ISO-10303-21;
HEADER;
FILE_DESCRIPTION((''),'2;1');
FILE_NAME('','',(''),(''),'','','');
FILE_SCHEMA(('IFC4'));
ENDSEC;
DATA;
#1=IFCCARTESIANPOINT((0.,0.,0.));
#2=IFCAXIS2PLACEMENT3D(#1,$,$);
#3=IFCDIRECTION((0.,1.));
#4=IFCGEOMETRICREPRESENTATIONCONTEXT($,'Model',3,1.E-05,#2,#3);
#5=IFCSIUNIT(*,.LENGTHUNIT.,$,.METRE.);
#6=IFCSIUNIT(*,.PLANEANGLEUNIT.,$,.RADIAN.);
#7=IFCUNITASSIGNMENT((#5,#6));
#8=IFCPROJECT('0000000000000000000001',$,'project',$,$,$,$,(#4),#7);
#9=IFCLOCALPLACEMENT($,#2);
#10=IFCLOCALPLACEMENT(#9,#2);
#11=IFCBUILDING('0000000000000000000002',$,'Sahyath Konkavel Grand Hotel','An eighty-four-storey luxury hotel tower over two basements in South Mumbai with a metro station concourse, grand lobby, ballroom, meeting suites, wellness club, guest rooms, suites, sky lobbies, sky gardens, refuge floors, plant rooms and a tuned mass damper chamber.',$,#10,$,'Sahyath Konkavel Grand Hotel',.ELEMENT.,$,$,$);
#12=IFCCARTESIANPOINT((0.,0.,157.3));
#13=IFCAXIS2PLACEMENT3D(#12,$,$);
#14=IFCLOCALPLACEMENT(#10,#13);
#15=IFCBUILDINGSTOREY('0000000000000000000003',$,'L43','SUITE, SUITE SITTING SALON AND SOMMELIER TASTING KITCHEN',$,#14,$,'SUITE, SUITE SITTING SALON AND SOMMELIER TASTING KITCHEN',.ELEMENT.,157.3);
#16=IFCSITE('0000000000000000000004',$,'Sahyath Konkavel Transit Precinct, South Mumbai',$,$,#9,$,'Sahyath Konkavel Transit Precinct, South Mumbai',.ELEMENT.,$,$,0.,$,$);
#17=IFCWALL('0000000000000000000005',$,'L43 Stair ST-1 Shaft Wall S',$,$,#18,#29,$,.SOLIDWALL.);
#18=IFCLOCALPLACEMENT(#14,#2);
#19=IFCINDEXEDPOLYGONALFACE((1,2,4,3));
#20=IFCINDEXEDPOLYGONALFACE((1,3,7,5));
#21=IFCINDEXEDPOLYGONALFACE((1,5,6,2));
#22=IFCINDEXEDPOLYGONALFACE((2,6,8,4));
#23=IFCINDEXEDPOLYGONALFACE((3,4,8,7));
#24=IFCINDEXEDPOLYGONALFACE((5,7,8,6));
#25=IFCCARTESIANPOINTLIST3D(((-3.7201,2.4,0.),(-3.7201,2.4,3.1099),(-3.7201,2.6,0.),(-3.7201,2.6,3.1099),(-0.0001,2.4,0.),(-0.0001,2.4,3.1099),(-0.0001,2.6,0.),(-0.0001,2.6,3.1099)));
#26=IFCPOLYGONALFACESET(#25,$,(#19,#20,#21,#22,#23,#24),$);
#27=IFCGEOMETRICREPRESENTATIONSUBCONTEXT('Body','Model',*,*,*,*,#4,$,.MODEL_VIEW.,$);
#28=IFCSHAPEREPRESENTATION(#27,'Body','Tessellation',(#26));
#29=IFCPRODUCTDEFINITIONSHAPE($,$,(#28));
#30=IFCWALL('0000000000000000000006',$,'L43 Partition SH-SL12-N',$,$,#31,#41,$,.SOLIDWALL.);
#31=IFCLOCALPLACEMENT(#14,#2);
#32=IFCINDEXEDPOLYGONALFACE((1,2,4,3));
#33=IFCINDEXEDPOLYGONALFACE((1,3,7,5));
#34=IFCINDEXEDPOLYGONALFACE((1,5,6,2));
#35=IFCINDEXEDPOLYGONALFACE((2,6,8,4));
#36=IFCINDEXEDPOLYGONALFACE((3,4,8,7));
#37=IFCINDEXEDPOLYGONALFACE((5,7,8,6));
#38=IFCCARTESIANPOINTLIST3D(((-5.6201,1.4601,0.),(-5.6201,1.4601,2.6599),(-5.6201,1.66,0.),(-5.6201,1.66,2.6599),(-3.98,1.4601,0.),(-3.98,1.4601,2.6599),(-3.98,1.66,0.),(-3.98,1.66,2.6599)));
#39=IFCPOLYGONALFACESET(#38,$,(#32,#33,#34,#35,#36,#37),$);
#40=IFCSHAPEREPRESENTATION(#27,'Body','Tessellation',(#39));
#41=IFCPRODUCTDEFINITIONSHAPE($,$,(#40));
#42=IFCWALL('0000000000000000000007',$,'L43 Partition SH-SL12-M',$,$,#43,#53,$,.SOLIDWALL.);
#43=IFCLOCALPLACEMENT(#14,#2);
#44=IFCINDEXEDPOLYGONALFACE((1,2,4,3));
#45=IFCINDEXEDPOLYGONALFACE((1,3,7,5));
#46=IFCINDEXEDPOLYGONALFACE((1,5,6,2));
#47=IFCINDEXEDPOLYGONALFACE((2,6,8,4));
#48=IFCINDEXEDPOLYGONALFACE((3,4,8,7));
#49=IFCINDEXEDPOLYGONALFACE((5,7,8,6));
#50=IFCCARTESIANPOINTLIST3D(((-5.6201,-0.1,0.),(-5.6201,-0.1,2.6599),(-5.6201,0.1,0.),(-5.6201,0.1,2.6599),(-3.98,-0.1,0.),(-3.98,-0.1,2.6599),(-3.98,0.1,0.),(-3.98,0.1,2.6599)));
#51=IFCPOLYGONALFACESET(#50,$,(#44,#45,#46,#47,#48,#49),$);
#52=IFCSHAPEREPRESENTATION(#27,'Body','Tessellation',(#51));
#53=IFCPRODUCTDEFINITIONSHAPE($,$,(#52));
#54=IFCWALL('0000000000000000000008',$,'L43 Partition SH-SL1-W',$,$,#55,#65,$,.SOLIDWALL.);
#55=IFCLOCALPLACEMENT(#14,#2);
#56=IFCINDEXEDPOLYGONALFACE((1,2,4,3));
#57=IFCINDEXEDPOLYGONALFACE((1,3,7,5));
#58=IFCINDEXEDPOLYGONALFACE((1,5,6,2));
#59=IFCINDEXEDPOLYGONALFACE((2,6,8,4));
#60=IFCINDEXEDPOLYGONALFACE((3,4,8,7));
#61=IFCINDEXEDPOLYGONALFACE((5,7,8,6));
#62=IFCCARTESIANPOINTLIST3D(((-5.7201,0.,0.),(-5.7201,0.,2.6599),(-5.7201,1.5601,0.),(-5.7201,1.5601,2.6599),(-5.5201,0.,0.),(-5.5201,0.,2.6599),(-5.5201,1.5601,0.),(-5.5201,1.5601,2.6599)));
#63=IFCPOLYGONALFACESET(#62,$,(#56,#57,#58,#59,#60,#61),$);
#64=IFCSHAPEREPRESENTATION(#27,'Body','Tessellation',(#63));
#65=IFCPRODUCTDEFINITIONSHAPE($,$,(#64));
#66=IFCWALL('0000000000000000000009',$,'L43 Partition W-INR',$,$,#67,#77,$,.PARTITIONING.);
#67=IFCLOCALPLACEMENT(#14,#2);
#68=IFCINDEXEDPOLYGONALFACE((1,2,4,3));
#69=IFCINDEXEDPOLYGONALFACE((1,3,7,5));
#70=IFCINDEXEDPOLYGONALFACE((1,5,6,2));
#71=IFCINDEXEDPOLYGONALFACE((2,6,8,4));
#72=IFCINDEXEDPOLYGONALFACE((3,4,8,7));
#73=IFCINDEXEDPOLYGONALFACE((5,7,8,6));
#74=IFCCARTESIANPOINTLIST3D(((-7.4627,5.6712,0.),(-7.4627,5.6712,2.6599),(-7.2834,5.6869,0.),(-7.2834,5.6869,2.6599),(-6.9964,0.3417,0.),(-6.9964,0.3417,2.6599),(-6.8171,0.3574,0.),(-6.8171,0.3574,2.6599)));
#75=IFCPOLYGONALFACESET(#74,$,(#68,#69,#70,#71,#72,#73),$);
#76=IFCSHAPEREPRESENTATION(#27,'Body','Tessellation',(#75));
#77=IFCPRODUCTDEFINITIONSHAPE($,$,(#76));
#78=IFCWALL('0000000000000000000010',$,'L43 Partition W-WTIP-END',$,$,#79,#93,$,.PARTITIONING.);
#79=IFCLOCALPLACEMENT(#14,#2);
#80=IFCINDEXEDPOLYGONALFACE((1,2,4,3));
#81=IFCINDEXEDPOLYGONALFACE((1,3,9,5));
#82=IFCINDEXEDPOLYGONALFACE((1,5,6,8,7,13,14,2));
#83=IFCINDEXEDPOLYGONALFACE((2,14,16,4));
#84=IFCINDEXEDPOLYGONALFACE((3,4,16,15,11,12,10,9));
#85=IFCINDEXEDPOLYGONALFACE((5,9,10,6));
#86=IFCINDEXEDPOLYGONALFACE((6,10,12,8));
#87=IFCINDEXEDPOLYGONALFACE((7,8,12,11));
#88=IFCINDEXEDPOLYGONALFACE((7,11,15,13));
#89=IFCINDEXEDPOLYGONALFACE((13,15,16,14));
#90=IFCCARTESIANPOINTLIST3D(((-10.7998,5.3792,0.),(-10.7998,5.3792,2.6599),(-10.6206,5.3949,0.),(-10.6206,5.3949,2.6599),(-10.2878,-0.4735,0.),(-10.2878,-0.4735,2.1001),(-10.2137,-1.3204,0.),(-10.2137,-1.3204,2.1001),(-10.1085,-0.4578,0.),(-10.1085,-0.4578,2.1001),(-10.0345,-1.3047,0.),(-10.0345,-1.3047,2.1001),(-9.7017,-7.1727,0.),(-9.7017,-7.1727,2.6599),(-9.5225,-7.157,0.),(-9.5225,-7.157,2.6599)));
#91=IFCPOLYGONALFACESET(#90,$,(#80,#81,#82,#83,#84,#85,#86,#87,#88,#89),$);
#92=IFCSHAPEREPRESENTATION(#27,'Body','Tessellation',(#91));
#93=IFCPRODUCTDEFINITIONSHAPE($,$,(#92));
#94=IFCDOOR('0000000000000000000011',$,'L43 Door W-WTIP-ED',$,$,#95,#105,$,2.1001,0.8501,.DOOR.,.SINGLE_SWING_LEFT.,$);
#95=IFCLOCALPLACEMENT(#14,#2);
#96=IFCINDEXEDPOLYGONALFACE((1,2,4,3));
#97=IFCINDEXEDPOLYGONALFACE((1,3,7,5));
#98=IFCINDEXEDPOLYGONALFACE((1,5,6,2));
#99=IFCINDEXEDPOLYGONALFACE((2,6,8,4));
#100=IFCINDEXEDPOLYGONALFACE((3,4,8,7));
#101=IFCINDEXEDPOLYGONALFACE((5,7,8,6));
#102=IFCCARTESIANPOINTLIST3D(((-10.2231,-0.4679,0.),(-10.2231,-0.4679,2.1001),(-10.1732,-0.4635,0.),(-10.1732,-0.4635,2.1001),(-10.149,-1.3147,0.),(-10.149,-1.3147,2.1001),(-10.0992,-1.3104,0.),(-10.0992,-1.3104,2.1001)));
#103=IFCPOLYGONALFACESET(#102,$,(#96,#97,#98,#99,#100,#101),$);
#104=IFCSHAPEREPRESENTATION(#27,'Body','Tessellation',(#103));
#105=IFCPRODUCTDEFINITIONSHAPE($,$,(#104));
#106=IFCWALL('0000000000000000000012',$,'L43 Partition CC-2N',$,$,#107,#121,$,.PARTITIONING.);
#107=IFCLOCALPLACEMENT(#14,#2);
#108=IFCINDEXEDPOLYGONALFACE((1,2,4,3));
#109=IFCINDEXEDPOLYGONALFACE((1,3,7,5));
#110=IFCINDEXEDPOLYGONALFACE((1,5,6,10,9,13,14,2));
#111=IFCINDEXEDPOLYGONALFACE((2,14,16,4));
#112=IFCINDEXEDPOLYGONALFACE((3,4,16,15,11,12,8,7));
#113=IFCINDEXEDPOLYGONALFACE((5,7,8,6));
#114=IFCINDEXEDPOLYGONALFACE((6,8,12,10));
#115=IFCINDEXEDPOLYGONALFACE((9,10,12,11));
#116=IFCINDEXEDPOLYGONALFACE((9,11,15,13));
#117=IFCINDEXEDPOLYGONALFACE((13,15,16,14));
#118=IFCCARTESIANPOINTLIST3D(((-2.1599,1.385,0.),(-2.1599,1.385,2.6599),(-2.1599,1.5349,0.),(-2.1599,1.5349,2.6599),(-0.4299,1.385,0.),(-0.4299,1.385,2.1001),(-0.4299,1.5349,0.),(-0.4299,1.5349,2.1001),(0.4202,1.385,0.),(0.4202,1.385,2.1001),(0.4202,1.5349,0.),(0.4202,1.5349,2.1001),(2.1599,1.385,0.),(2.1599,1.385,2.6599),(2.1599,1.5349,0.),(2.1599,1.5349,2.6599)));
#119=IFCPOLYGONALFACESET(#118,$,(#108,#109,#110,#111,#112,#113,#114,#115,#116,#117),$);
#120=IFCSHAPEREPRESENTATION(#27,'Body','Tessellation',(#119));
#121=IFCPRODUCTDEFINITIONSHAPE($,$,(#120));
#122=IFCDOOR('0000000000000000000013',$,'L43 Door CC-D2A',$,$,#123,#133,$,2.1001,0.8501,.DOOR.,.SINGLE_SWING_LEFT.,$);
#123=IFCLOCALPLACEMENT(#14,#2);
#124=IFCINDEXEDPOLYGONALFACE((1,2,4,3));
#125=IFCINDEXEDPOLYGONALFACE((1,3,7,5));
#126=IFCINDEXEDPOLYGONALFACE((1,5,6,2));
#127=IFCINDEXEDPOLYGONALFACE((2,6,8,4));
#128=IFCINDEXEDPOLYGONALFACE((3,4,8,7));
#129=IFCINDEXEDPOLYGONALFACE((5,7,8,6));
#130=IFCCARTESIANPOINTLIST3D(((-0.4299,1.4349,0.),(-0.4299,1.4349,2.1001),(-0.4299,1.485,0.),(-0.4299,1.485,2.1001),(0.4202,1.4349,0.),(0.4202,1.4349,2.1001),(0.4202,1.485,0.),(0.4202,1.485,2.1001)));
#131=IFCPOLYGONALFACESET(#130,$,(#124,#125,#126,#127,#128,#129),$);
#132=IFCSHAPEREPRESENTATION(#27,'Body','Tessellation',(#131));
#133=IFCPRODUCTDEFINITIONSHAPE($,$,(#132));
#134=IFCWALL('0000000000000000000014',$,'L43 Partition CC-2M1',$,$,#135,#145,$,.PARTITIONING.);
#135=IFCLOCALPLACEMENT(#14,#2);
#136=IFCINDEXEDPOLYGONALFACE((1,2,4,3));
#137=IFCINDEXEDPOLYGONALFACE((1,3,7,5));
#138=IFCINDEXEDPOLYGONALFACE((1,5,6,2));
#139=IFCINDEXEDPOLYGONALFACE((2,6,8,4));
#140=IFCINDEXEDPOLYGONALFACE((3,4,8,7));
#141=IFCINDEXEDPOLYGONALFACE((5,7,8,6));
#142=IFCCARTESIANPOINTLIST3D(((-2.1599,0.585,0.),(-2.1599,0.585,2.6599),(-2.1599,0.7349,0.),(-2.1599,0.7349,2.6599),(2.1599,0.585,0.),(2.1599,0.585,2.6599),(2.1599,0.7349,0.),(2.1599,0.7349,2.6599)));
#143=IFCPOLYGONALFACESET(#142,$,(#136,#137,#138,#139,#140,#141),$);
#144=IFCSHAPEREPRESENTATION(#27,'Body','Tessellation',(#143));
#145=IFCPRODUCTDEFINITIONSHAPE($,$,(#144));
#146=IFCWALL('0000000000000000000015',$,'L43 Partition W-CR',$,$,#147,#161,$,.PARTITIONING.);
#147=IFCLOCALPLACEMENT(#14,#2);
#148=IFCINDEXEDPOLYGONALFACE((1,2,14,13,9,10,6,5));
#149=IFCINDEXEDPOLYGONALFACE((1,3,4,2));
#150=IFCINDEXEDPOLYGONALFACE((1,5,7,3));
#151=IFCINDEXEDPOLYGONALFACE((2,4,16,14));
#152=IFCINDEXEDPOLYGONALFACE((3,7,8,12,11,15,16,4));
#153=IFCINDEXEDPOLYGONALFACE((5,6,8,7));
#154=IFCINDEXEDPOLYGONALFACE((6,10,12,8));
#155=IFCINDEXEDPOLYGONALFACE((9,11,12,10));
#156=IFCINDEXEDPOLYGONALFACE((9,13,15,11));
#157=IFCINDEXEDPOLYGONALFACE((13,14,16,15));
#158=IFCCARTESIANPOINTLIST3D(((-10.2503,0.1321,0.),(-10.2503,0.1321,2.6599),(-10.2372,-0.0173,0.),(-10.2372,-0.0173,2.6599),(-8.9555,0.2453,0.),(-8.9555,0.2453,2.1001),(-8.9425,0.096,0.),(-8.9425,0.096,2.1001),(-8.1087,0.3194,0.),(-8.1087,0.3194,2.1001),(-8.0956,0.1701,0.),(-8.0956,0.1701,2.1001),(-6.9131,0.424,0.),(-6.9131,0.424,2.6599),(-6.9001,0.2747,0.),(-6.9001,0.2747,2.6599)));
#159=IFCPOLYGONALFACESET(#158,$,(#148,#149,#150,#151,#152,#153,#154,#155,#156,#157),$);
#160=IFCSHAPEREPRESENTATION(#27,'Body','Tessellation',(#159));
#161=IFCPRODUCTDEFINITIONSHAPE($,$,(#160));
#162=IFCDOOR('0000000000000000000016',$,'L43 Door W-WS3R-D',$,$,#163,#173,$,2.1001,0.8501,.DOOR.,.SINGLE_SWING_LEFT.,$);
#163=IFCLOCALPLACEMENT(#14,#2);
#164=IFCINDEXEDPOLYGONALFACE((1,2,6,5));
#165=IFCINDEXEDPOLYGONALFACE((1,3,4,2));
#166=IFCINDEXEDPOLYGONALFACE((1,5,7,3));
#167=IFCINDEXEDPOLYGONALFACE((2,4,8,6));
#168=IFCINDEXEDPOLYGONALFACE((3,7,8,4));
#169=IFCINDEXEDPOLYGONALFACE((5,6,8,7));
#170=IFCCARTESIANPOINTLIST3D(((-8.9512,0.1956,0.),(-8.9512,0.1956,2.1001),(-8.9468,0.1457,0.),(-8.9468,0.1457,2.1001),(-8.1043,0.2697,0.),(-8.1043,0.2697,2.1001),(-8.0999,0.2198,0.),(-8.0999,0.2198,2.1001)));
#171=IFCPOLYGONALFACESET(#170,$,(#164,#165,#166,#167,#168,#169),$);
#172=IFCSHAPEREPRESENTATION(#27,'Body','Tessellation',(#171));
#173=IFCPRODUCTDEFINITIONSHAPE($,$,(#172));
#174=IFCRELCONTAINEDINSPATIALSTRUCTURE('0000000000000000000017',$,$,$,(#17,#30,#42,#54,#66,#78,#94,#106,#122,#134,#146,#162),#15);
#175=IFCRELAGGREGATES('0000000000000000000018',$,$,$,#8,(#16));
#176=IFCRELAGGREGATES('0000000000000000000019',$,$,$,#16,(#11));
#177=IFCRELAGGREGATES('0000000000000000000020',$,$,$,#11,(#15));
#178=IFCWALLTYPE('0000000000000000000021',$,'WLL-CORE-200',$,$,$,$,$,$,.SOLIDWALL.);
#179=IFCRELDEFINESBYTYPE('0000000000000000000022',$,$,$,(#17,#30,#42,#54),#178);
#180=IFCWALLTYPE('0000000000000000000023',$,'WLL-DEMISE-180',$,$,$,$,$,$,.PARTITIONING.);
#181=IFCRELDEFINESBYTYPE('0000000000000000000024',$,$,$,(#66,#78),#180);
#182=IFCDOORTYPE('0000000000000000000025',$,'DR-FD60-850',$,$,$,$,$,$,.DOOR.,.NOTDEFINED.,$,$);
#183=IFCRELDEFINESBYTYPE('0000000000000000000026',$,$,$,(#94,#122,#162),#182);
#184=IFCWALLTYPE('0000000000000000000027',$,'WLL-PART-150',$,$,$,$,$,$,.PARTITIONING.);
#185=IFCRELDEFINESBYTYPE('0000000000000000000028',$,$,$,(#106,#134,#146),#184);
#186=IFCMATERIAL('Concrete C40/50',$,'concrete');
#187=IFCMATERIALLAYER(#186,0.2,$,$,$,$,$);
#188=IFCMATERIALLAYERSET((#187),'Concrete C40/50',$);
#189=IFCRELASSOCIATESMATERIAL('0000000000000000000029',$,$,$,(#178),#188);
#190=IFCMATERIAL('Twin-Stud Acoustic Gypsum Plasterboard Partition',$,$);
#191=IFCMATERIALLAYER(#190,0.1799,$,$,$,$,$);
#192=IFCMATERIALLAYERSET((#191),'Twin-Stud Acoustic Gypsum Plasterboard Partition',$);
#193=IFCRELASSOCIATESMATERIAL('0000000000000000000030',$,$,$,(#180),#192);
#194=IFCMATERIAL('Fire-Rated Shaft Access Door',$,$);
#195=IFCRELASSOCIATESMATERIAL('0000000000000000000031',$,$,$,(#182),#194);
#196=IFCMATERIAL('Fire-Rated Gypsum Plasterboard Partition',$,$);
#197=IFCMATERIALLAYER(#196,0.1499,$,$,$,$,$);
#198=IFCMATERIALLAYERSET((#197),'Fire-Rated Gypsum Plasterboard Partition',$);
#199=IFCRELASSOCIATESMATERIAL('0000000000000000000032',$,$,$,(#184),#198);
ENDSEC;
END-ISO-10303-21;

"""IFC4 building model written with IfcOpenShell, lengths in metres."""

from ifc_helpers import new_model, si_unit, direction, frame, frame_2d, origin, origin_2d, place, context, subcontext, project, spatial, rectangle, extrude, source, transform, mapped, material, layer, layer_set, type_object, element, fill, save


model = new_model("IFC4")

# Units and contexts
model_context = context("Model", 3, precision=1e-05, world=origin(), true_north=direction((0.0, 1.0)))
body_context = subcontext(model_context, "Body", "Model", "MODEL_VIEW")
ifc_project = project(units=[si_unit("LENGTHUNIT", "METRE"), si_unit("PLANEANGLEUNIT", "RADIAN")], contexts=[model_context])

# Site, building, storey
site_placement = place(None, origin())
site = spatial("IfcSite", under=ifc_project, at=site_placement, Name="Sahyath Konkavel Transit Precinct, South Mumbai", LongName="Sahyath Konkavel Transit Precinct, South Mumbai", CompositionType="ELEMENT", RefElevation=0.0)
building_placement = place(site_placement, origin())
building = spatial("IfcBuilding", under=site, at=building_placement, Name="Sahyath Konkavel Grand Hotel", Description="An eighty-four-storey luxury hotel tower over two basements in South Mumbai with a metro station concourse, grand lobby, ballroom, meeting suites, wellness club, guest rooms, suites, sky lobbies, sky gardens, refuge floors, plant rooms and a tuned mass damper chamber.", LongName="Sahyath Konkavel Grand Hotel", CompositionType="ELEMENT")
storey_placement = place(building_placement, frame((0.0, 0.0, 157.3)))
storey = spatial("IfcBuildingStorey", under=building, at=storey_placement, Name="L43", Description="SUITE, SUITE SITTING SALON AND SOMMELIER TASTING KITCHEN", LongName="SUITE, SUITE SITTING SALON AND SOMMELIER TASTING KITCHEN", CompositionType="ELEMENT", Elevation=157.3)

# Walls
ifc_material_1 = material(Name="Concrete C40/50", Category="concrete")
ifc_layer_1 = layer(ifc_material_1, 0.2)
ifc_layer_set_1 = layer_set([ifc_layer_1], Name="Concrete C40/50")
wall_type_1 = type_object("IfcWallType", Name="WLL-CORE-200", PredefinedType="SOLIDWALL", material=ifc_layer_set_1)
wall_1_placement = place(storey_placement, frame((-3.72, 2.5, 0.0), z_axis=(0.0, 0.0, 1.0), x_axis=(1.0, 0.0, 0.0)))
element("IfcWall", 1, at=wall_1_placement, inside=storey, type_object=wall_type_1, Name="L43 Stair ST-1 Shaft Wall S", PredefinedType="SOLIDWALL", context=body_context, shape_type="SweptSolid", body=[
    extrude(rectangle(XDim=3.72, YDim=0.2, at=frame_2d((1.8599, 0.0))), origin(), (0.0, 0.0, 1.0), 3.1099),
])
for number, where, z_axis, x_axis, name in (
    (2, (-5.6201, 1.5601, 0.0), (0.0, 0.0, 1.0), (1.0, 0.0, 0.0), "L43 Partition SH-SL12-N"),
    (3, (-5.6201, 0.0, 0.0), (0.0, 0.0, 1.0), (1.0, 0.0, 0.0), "L43 Partition SH-SL12-M"),
):
    element("IfcWall", number, at=place(storey_placement, frame(where, z_axis=z_axis, x_axis=x_axis)), inside=storey, type_object=wall_type_1, Name=name, PredefinedType="SOLIDWALL", context=body_context, shape_type="SweptSolid", body=[
        extrude(rectangle(XDim=1.6401, YDim=0.2, at=frame_2d((0.8201, 0.0))), origin(), (0.0, 0.0, 1.0), 2.6599),
    ])
wall_2_placement = place(storey_placement, frame((-5.6201, 0.0, 0.0), z_axis=(0.0, 0.0, 1.0), x_axis=(0.0, 1.0, 0.0)))
element("IfcWall", 4, at=wall_2_placement, inside=storey, type_object=wall_type_1, Name="L43 Partition SH-SL1-W", PredefinedType="SOLIDWALL", context=body_context, shape_type="SweptSolid", body=[
    extrude(rectangle(XDim=1.5601, YDim=0.2, at=frame_2d((0.78, 0.0))), origin(), (0.0, 0.0, 1.0), 2.6599),
])
ifc_material_2 = material(Name="Twin-Stud Acoustic Gypsum Plasterboard Partition")
ifc_layer_2 = layer(ifc_material_2, 0.1799)
ifc_layer_set_2 = layer_set([ifc_layer_2], Name="Twin-Stud Acoustic Gypsum Plasterboard Partition")
wall_type_2 = type_object("IfcWallType", Name="WLL-DEMISE-180", PredefinedType="PARTITIONING", material=ifc_layer_set_2)
wall_3_placement = place(storey_placement, frame((-7.373, 5.679, 0.0), z_axis=(0.0, 0.0, 1.0), x_axis=(0.087161, -0.996194, 0.0)))
element("IfcWall", 5, at=wall_3_placement, inside=storey, type_object=wall_type_2, Name="L43 Partition W-INR", PredefinedType="PARTITIONING", context=body_context, shape_type="SweptSolid", body=[
    extrude(rectangle(XDim=5.3499, YDim=0.1799, at=frame_2d((2.6748, 0.0))), origin(), (0.0, 0.0, 1.0), 2.6599),
])

# Walls, openings, doors
wall_4_placement = place(storey_placement, frame((-10.7102, 5.387, 0.0), z_axis=(0.0, 0.0, 1.0), x_axis=(0.087155, -0.996195, 0.0)))
wall_4 = element("IfcWall", 6, at=wall_4_placement, inside=storey, type_object=wall_type_2, Name="L43 Partition W-WTIP-END", PredefinedType="PARTITIONING", context=body_context, shape_type="SweptSolid", body=[
    extrude(rectangle(XDim=12.5999, YDim=0.1799, at=frame_2d((6.2998, 0.0))), origin(), (0.0, 0.0, 1.0), 2.6599),
])
opening_1_placement = place(wall_4_placement, frame((5.875, 0.0, 0.0)))
opening_1 = element("IfcOpeningElement", 7, at=opening_1_placement, cuts=wall_4, PredefinedType="OPENING", context=body_context, shape_type="SweptSolid", body=[
    extrude(rectangle(XDim=0.8501, YDim=2.1001, at=frame_2d((0.425, 1.05))), frame((0.0, 0.1001, 0.0), z_axis=(0.0, -1.0, 0.0), x_axis=(1.0, 0.0, 0.0)), (0.0, 0.0, 1.0), 0.2),
])
ifc_material_3 = material(Name="Fire-Rated Shaft Access Door")
door_type_1 = type_object("IfcDoorType", Name="DR-FD60-850", OperationType="NOTDEFINED", PredefinedType="DOOR", material=ifc_material_3)
shared_shape_1 = source(origin(), body_context, "Body", "SweptSolid", [
    extrude(rectangle(XDim=0.8501, YDim=0.05, at=origin_2d()), origin(), (0.0, 0.0, 1.0), 2.1001),
])
door_1_placement = place(opening_1_placement, frame((0.425, 0.0, 0.0)))
door_1 = element("IfcDoor", 8, at=door_1_placement, inside=storey, type_object=door_type_1, Name="L43 Door W-WTIP-ED", OperationType="SINGLE_SWING_LEFT", OverallHeight=2.1001, OverallWidth=0.8501, PredefinedType="DOOR", context=body_context, shape_type="MappedRepresentation", body=[
    mapped(shared_shape_1, transform((0.0, 0.0, 0.0), scale=1.0)),
])
fill(opening_1, door_1)
ifc_material_4 = material(Name="Fire-Rated Gypsum Plasterboard Partition")
ifc_layer_3 = layer(ifc_material_4, 0.1499)
ifc_layer_set_3 = layer_set([ifc_layer_3], Name="Fire-Rated Gypsum Plasterboard Partition")
wall_type_3 = type_object("IfcWallType", Name="WLL-PART-150", PredefinedType="PARTITIONING", material=ifc_layer_set_3)
wall_5_placement = place(storey_placement, frame((-2.1599, 1.46, 0.0), z_axis=(0.0, 0.0, 1.0), x_axis=(1.0, 0.0, 0.0)))
wall_5 = element("IfcWall", 9, at=wall_5_placement, inside=storey, type_object=wall_type_3, Name="L43 Partition CC-2N", PredefinedType="PARTITIONING", context=body_context, shape_type="SweptSolid", body=[
    extrude(rectangle(XDim=4.3198, YDim=0.1499, at=frame_2d((2.1599, 0.0))), origin(), (0.0, 0.0, 1.0), 2.6599),
])
opening_2_placement = place(wall_5_placement, frame((1.73, 0.0, 0.0)))
opening_2 = element("IfcOpeningElement", 10, at=opening_2_placement, cuts=wall_5, PredefinedType="OPENING", context=body_context, shape_type="SweptSolid", body=[
    extrude(rectangle(XDim=0.8501, YDim=2.1001, at=frame_2d((0.425, 1.05))), frame((0.0, 0.085, 0.0), z_axis=(0.0, -1.0, 0.0), x_axis=(1.0, 0.0, 0.0)), (0.0, 0.0, 1.0), 0.1699),
])
door_2_placement = place(opening_2_placement, frame((0.425, 0.0, 0.0)))
door_2 = element("IfcDoor", 11, at=door_2_placement, inside=storey, type_object=door_type_1, Name="L43 Door CC-D2A", OperationType="SINGLE_SWING_LEFT", OverallHeight=2.1001, OverallWidth=0.8501, PredefinedType="DOOR", context=body_context, shape_type="MappedRepresentation", body=[
    mapped(shared_shape_1, transform((0.0, 0.0, 0.0), scale=1.0)),
])
fill(opening_2, door_2)

# Wall
wall_6_placement = place(storey_placement, frame((-2.1599, 0.6599, 0.0), z_axis=(0.0, 0.0, 1.0), x_axis=(1.0, 0.0, 0.0)))
element("IfcWall", 12, at=wall_6_placement, inside=storey, type_object=wall_type_3, Name="L43 Partition CC-2M1", PredefinedType="PARTITIONING", context=body_context, shape_type="SweptSolid", body=[
    extrude(rectangle(XDim=4.3198, YDim=0.1499, at=frame_2d((2.1599, 0.0))), origin(), (0.0, 0.0, 1.0), 2.6599),
])

# Wall, opening, door
wall_7_placement = place(storey_placement, frame((-6.9067, 0.3494, 0.0), z_axis=(0.0, 0.0, 1.0), x_axis=(-0.996194, -0.087164, 0.0)))
wall_7 = element("IfcWall", 13, at=wall_7_placement, inside=storey, type_object=wall_type_3, Name="L43 Partition W-CR", PredefinedType="PARTITIONING", context=body_context, shape_type="SweptSolid", body=[
    extrude(rectangle(XDim=3.3499, YDim=0.1499, at=frame_2d((1.6748, 0.0))), origin(), (0.0, 0.0, 1.0), 2.6599),
])
opening_3_placement = place(wall_7_placement, frame((1.2, 0.0, 0.0)))
opening_3 = element("IfcOpeningElement", 14, at=opening_3_placement, cuts=wall_7, PredefinedType="OPENING", context=body_context, shape_type="SweptSolid", body=[
    extrude(rectangle(XDim=0.8501, YDim=2.1001, at=frame_2d((0.425, 1.05))), frame((0.0, 0.085, 0.0), z_axis=(0.0, -1.0, 0.0), x_axis=(1.0, 0.0, 0.0)), (0.0, 0.0, 1.0), 0.1699),
])
door_3_placement = place(opening_3_placement, frame((0.425, 0.0, 0.0)))
door_3 = element("IfcDoor", 15, at=door_3_placement, inside=storey, type_object=door_type_1, Name="L43 Door W-WS3R-D", OperationType="SINGLE_SWING_LEFT", OverallHeight=2.1001, OverallWidth=0.8501, PredefinedType="DOOR", context=body_context, shape_type="MappedRepresentation", body=[
    mapped(shared_shape_1, transform((0.0, 0.0, 0.0), scale=1.0)),
])
fill(opening_3, door_3)

save(model, "model.ifc")
